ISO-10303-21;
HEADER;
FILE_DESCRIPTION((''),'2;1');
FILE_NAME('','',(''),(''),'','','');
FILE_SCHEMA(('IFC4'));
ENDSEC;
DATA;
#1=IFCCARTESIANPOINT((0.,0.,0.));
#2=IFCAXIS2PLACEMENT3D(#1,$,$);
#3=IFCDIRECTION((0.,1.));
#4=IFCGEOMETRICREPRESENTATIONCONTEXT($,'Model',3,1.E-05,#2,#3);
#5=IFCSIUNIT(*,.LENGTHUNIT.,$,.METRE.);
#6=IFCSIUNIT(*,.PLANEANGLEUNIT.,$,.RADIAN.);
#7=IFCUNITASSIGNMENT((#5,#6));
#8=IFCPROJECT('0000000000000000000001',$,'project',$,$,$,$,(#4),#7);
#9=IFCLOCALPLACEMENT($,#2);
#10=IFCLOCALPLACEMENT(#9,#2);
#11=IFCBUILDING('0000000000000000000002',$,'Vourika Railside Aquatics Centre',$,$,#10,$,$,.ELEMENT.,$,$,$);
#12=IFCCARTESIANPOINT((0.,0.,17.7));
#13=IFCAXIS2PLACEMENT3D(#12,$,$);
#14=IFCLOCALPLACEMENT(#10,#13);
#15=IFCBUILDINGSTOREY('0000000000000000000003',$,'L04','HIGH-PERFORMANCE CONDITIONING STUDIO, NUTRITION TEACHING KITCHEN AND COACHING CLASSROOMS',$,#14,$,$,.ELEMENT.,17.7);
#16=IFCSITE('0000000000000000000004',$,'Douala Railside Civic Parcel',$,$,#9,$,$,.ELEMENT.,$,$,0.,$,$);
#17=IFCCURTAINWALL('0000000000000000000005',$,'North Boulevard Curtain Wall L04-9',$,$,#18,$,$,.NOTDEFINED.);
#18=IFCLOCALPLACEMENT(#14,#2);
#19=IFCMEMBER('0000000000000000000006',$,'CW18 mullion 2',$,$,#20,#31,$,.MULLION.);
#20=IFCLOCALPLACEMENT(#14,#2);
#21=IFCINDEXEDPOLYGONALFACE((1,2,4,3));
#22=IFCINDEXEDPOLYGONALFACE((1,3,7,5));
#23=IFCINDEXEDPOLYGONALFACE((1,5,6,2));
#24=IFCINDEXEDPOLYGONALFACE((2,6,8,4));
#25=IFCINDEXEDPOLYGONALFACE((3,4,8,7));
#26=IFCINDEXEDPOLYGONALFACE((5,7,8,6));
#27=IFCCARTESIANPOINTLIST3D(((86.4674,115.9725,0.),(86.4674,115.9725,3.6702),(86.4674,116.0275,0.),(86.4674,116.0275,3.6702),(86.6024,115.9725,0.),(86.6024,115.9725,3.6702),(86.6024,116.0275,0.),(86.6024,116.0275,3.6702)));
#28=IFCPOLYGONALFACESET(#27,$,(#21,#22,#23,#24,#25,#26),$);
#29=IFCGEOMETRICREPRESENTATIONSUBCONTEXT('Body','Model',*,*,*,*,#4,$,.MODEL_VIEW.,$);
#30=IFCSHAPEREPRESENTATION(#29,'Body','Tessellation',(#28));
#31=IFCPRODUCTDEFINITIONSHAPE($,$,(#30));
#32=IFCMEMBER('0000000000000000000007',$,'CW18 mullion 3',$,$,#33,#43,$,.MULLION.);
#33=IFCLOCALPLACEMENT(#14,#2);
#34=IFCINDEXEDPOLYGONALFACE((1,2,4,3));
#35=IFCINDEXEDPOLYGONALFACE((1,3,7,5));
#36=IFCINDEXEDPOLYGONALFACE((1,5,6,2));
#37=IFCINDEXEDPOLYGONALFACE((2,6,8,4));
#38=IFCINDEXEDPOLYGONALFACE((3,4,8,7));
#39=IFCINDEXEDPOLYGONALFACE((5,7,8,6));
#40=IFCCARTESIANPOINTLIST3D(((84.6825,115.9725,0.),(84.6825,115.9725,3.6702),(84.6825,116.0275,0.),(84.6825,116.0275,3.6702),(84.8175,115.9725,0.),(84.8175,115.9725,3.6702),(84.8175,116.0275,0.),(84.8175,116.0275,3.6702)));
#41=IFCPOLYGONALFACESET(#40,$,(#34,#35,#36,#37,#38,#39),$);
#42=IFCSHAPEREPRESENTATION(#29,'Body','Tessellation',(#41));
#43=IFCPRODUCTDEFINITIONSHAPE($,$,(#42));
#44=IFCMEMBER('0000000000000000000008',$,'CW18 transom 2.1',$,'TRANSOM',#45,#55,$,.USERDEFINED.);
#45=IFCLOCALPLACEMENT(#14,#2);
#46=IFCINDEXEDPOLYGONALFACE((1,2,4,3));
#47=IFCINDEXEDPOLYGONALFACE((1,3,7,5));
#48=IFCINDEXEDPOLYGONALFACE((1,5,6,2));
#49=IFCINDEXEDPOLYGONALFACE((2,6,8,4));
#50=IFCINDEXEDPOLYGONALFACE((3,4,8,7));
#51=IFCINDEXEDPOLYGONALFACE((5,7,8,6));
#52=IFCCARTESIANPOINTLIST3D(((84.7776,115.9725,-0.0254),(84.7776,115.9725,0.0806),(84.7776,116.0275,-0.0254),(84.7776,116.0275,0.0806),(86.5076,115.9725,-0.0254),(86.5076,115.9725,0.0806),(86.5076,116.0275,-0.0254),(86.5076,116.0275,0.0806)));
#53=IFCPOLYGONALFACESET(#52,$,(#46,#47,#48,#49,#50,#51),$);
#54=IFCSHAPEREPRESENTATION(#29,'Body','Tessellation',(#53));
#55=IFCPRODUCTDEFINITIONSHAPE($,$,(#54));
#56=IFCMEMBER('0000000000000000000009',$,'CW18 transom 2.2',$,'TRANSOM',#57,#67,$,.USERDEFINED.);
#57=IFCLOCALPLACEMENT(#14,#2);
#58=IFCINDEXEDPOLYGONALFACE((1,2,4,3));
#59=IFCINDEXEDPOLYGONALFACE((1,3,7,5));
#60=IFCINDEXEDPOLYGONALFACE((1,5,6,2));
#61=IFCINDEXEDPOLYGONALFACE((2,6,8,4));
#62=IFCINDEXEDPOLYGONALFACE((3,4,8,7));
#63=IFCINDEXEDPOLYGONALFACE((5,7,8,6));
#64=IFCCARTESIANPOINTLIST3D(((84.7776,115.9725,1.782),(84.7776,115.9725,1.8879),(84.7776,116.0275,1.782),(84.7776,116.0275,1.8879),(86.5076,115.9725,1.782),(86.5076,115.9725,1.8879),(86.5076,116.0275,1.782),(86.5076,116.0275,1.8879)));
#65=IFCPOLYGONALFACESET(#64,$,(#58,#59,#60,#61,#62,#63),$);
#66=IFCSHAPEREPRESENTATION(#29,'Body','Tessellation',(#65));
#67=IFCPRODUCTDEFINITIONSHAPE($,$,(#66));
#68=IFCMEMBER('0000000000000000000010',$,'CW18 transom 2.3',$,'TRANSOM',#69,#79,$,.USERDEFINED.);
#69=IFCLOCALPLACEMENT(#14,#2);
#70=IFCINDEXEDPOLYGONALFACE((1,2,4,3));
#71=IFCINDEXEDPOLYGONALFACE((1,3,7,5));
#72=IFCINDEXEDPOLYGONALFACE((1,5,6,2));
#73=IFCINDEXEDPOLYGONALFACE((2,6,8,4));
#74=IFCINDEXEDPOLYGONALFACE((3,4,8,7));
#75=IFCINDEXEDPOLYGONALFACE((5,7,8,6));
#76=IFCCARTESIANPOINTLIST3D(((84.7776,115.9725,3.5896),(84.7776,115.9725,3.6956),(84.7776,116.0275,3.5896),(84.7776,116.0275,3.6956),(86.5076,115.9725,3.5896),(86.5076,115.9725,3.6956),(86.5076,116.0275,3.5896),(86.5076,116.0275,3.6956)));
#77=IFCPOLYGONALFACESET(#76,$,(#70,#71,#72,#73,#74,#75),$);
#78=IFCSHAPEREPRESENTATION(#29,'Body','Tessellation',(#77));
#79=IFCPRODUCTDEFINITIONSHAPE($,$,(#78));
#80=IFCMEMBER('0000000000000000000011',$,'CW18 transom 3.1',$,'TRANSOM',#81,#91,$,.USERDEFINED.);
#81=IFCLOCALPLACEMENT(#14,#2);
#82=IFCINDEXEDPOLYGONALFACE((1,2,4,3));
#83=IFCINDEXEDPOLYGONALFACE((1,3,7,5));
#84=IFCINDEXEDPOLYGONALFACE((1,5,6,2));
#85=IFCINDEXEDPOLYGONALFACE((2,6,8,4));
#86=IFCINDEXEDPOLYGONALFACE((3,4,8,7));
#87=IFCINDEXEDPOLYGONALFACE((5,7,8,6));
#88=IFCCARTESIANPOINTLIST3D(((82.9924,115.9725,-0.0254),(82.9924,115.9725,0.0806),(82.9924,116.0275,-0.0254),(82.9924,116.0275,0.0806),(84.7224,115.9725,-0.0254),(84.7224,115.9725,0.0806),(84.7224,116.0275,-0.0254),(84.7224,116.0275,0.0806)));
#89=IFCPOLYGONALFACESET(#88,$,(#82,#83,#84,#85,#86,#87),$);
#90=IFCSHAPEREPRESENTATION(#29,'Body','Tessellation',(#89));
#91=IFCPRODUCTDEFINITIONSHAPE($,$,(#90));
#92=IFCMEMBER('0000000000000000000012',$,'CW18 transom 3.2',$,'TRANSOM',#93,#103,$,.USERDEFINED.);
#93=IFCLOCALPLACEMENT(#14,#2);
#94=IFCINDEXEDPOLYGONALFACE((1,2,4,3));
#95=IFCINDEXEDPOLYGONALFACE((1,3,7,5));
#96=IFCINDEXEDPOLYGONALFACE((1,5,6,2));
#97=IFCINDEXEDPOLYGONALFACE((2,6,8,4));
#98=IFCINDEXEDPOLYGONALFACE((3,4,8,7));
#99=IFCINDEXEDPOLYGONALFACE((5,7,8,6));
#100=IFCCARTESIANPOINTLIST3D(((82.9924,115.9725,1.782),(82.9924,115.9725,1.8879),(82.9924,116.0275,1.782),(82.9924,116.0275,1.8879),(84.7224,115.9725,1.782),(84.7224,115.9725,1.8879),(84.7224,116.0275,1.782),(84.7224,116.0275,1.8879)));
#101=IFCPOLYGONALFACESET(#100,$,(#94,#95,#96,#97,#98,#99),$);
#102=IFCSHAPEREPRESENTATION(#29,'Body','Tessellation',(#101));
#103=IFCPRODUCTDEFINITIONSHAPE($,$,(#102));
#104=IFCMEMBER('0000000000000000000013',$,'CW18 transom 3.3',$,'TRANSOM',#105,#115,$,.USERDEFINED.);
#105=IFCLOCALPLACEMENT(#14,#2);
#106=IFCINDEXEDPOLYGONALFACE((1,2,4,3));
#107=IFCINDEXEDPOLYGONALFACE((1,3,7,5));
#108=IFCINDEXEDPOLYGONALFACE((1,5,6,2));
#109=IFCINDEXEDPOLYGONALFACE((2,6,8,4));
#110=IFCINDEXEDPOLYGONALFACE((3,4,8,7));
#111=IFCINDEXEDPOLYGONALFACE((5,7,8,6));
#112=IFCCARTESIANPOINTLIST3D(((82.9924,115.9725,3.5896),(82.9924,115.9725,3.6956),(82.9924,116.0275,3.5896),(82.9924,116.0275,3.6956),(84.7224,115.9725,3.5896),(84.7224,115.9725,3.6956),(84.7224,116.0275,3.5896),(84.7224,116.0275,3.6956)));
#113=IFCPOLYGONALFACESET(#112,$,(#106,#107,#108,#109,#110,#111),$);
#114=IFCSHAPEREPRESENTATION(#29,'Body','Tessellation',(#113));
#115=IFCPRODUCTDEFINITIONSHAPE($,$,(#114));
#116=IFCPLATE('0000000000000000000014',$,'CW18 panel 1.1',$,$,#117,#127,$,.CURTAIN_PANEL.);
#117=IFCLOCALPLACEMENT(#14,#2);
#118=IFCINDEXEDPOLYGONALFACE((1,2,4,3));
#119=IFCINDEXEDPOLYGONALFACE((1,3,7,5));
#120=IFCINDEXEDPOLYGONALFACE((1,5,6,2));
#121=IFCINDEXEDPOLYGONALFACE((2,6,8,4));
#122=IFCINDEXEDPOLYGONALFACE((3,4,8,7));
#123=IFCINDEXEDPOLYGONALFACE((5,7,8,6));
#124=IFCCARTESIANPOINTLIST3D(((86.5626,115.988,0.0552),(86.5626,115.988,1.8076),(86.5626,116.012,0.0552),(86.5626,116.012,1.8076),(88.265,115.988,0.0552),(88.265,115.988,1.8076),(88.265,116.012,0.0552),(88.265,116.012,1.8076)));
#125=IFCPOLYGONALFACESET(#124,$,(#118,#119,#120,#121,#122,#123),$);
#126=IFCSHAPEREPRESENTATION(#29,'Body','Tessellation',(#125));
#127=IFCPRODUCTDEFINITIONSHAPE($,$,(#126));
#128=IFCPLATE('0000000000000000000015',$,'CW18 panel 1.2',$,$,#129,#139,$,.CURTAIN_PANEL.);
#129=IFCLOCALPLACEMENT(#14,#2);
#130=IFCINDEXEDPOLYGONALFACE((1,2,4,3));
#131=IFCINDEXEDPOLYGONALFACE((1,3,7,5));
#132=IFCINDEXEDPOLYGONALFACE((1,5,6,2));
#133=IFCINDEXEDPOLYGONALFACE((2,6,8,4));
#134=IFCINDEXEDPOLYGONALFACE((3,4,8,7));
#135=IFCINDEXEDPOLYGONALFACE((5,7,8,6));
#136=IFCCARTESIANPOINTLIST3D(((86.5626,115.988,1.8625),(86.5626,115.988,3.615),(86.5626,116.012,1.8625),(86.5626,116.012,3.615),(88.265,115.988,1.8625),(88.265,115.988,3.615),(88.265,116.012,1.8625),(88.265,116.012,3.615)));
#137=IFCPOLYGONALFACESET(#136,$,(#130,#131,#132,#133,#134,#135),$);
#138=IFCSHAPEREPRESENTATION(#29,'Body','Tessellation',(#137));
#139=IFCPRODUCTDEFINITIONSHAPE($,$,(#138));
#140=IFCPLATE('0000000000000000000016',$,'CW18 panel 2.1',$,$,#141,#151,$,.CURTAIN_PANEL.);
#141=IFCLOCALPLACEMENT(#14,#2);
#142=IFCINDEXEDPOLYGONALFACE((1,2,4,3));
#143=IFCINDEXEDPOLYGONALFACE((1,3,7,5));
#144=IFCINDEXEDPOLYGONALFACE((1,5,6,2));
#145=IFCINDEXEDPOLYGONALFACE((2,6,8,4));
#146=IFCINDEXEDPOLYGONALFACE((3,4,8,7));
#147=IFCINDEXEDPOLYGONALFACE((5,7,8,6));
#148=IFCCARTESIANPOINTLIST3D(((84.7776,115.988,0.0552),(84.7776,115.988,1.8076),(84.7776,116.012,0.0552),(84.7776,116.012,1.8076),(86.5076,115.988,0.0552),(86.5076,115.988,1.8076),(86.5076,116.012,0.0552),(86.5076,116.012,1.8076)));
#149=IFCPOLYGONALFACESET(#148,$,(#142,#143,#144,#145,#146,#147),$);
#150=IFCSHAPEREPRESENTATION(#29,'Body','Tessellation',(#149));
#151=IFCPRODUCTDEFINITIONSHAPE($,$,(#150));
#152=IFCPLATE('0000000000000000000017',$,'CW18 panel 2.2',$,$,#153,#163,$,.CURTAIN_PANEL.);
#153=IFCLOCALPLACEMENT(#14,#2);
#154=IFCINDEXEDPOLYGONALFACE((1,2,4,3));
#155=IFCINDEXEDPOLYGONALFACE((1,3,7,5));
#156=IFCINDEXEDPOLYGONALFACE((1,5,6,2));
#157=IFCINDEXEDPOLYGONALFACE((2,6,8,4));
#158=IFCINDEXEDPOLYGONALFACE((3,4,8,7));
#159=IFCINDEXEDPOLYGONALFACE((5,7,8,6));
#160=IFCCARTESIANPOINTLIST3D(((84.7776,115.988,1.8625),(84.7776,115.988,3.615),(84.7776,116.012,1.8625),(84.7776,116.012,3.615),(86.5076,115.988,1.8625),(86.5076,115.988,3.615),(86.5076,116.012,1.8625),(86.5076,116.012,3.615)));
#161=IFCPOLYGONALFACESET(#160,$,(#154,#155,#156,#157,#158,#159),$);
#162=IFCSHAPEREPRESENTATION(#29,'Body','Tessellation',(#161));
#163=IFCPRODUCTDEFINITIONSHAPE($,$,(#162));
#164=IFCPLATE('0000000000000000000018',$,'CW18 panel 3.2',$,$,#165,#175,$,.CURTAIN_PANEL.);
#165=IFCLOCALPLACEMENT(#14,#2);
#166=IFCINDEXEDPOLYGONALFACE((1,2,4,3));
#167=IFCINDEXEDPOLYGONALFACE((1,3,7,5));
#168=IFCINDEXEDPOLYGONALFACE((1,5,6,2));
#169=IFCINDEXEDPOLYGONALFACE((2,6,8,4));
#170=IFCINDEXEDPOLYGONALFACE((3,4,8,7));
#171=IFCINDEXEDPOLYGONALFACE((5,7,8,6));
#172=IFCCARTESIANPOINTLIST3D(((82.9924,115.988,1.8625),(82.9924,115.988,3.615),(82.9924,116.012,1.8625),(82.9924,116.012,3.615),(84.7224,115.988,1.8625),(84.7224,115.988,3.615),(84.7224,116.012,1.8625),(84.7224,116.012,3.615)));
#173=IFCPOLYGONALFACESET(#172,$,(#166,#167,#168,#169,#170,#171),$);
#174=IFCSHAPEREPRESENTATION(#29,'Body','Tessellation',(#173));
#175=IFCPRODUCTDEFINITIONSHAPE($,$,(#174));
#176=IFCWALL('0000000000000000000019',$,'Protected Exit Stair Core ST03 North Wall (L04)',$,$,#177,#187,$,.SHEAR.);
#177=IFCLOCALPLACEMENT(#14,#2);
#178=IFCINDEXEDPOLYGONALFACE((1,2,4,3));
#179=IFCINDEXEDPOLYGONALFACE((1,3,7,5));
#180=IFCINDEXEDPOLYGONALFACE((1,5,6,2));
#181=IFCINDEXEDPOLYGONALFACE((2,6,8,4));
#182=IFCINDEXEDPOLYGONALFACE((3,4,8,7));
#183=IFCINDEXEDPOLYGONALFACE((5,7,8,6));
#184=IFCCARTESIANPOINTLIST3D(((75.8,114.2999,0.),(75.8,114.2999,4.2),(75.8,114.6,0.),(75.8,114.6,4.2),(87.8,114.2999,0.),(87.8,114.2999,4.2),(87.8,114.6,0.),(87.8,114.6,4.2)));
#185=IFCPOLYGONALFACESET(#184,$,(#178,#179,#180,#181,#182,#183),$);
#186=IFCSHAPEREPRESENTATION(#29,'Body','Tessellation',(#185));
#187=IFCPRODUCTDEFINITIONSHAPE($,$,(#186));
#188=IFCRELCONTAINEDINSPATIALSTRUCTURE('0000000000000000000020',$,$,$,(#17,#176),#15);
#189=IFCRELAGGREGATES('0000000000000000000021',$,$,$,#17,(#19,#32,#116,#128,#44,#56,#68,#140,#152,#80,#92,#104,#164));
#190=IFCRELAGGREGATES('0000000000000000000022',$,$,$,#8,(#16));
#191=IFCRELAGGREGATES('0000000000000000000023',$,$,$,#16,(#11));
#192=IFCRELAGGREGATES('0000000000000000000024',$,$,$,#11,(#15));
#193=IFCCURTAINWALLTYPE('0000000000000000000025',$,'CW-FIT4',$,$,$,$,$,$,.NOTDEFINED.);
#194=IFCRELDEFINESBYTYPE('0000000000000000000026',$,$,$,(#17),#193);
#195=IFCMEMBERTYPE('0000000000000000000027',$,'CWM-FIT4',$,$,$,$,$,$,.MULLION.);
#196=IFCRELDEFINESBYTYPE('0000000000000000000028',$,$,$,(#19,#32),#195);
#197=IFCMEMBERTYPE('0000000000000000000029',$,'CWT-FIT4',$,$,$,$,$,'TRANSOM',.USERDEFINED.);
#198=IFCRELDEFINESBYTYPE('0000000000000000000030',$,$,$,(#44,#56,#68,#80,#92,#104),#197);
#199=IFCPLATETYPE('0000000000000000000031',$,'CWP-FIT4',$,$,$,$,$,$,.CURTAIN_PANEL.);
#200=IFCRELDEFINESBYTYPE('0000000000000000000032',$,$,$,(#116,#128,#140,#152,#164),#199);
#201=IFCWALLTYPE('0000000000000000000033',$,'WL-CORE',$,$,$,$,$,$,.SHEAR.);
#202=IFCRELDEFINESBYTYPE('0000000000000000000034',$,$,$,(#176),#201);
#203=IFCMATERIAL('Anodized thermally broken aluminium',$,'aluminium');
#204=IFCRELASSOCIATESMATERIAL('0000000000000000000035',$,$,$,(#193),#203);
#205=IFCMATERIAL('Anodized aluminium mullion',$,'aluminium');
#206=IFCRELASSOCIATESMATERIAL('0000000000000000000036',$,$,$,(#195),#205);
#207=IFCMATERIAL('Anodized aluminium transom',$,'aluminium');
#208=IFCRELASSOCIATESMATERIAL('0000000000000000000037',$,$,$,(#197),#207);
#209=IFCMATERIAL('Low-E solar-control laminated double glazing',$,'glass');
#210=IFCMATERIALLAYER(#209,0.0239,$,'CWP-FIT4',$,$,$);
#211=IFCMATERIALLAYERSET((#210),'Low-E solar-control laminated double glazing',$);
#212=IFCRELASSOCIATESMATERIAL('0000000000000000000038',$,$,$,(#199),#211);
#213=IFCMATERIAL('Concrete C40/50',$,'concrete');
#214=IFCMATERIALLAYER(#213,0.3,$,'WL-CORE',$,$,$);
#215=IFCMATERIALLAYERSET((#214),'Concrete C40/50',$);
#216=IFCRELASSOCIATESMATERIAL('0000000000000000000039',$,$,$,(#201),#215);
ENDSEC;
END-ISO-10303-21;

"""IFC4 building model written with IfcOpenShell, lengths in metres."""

from ifc_helpers import new_model, si_unit, direction, frame, frame_2d, origin, origin_2d, place, context, subcontext, project, spatial, rectangle, extrude, material, layer, layer_set, material_profile, profile_set, type_object, element, aggregate, save


model = new_model("IFC4")

# Units and contexts
model_context = context("Model", 3, precision=1e-05, world=origin(), true_north=direction((0.0, 1.0)))
body_context = subcontext(model_context, "Body", "Model", "MODEL_VIEW")
ifc_project = project(units=[si_unit("LENGTHUNIT", "METRE"), si_unit("PLANEANGLEUNIT", "RADIAN")], contexts=[model_context])

# Site, building, storey
site_placement = place(None, origin())
site = spatial("IfcSite", under=ifc_project, at=site_placement, Name="Douala Railside Civic Parcel", CompositionType="ELEMENT", RefElevation=0.0)
building_placement = place(site_placement, origin())
building = spatial("IfcBuilding", under=site, at=building_placement, Name="Vourika Railside Aquatics Centre", CompositionType="ELEMENT")
storey_placement = place(building_placement, frame((0.0, 0.0, 17.7)))
storey = spatial("IfcBuildingStorey", under=building, at=storey_placement, Name="L04", Description="HIGH-PERFORMANCE CONDITIONING STUDIO, NUTRITION TEACHING KITCHEN AND COACHING CLASSROOMS", CompositionType="ELEMENT", Elevation=17.7)

# Curtain wall, members, plates
ifc_material_1 = material(Name="Anodized thermally broken aluminium", Category="aluminium")
curtain_wall_type = type_object("IfcCurtainWallType", Name="CW-FIT4", PredefinedType="NOTDEFINED", material=ifc_material_1)
curtain_wall_placement = place(storey_placement, origin())
curtain_wall = element("IfcCurtainWall", 1, at=curtain_wall_placement, inside=storey, type_object=curtain_wall_type, Name="North Boulevard Curtain Wall L04-9", PredefinedType="NOTDEFINED")
ifc_material_2 = material(Name="Anodized aluminium mullion", Category="aluminium")
ifc_material_profile_1 = material_profile(ifc_material_2, rectangle(XDim=0.0549, YDim=0.135, at=origin_2d()), Name="ALU-M 55x135")
ifc_profile_set_1 = profile_set([ifc_material_profile_1], Name="Anodized aluminium mullion")
member_type_1 = type_object("IfcMemberType", Name="CWM-FIT4", PredefinedType="MULLION", material=ifc_profile_set_1)
member_1_placement = place(storey_placement, frame((86.5349, 116.0, 0.0), z_axis=(0.0, 0.0, 1.0), x_axis=(0.0, -1.0, 0.0)))
member_1 = element("IfcMember", 2, at=member_1_placement, type_object=member_type_1, Name="CW18 mullion 2", PredefinedType="MULLION", context=body_context, shape_type="SweptSolid", body=[
    extrude(rectangle(XDim=0.0549, YDim=0.135, at=origin_2d()), origin(), (0.0, 0.0, 1.0), 3.6702),
])
member_2_placement = place(storey_placement, frame((84.75, 116.0, 0.0), z_axis=(0.0, 0.0, 1.0), x_axis=(0.0, -1.0, 0.0)))
member_2 = element("IfcMember", 3, at=member_2_placement, type_object=member_type_1, Name="CW18 mullion 3", PredefinedType="MULLION", context=body_context, shape_type="SweptSolid", body=[
    extrude(rectangle(XDim=0.0549, YDim=0.135, at=origin_2d()), origin(), (0.0, 0.0, 1.0), 3.6702),
])
ifc_material_3 = material(Name="Anodized aluminium transom", Category="aluminium")
ifc_material_profile_2 = material_profile(ifc_material_3, rectangle(XDim=0.0549, YDim=0.106, at=origin_2d()), Name="ALU-T 55x106")
ifc_profile_set_2 = profile_set([ifc_material_profile_2], Name="Anodized aluminium transom")
member_type_2 = type_object("IfcMemberType", Name="CWT-FIT4", ElementType="TRANSOM", PredefinedType="USERDEFINED", material=ifc_profile_set_2)
member_3_placement = place(storey_placement, frame((86.5076, 116.0, 0.0276), z_axis=(-1.0, 0.0, 0.0), x_axis=(0.0, -1.0, 0.0)))
member_3 = element("IfcMember", 4, at=member_3_placement, type_object=member_type_2, Name="CW18 transom 2.1", ObjectType="TRANSOM", PredefinedType="USERDEFINED", context=body_context, shape_type="SweptSolid", body=[
    extrude(rectangle(XDim=0.0549, YDim=0.106, at=origin_2d()), origin(), (0.0, 0.0, 1.0), 1.73),
])
member_4_placement = place(storey_placement, frame((86.5076, 116.0, 1.835), z_axis=(-1.0, 0.0, 0.0), x_axis=(0.0, -1.0, 0.0)))
member_4 = element("IfcMember", 5, at=member_4_placement, type_object=member_type_2, Name="CW18 transom 2.2", ObjectType="TRANSOM", PredefinedType="USERDEFINED", context=body_context, shape_type="SweptSolid", body=[
    extrude(rectangle(XDim=0.0549, YDim=0.106, at=origin_2d()), origin(), (0.0, 0.0, 1.0), 1.73),
])
member_5_placement = place(storey_placement, frame((86.5076, 116.0, 3.6426), z_axis=(-1.0, 0.0, 0.0), x_axis=(0.0, -1.0, 0.0)))
member_5 = element("IfcMember", 6, at=member_5_placement, type_object=member_type_2, Name="CW18 transom 2.3", ObjectType="TRANSOM", PredefinedType="USERDEFINED", context=body_context, shape_type="SweptSolid", body=[
    extrude(rectangle(XDim=0.0549, YDim=0.106, at=origin_2d()), origin(), (0.0, 0.0, 1.0), 1.73),
])
member_6_placement = place(storey_placement, frame((84.7224, 116.0, 0.0276), z_axis=(-1.0, 0.0, 0.0), x_axis=(0.0, -1.0, 0.0)))
member_6 = element("IfcMember", 7, at=member_6_placement, type_object=member_type_2, Name="CW18 transom 3.1", ObjectType="TRANSOM", PredefinedType="USERDEFINED", context=body_context, shape_type="SweptSolid", body=[
    extrude(rectangle(XDim=0.0549, YDim=0.106, at=origin_2d()), origin(), (0.0, 0.0, 1.0), 1.73),
])
member_7_placement = place(storey_placement, frame((84.7224, 116.0, 1.835), z_axis=(-1.0, 0.0, 0.0), x_axis=(0.0, -1.0, 0.0)))
member_7 = element("IfcMember", 8, at=member_7_placement, type_object=member_type_2, Name="CW18 transom 3.2", ObjectType="TRANSOM", PredefinedType="USERDEFINED", context=body_context, shape_type="SweptSolid", body=[
    extrude(rectangle(XDim=0.0549, YDim=0.106, at=origin_2d()), origin(), (0.0, 0.0, 1.0), 1.73),
])
member_8_placement = place(storey_placement, frame((84.7224, 116.0, 3.6426), z_axis=(-1.0, 0.0, 0.0), x_axis=(0.0, -1.0, 0.0)))
member_8 = element("IfcMember", 9, at=member_8_placement, type_object=member_type_2, Name="CW18 transom 3.3", ObjectType="TRANSOM", PredefinedType="USERDEFINED", context=body_context, shape_type="SweptSolid", body=[
    extrude(rectangle(XDim=0.0549, YDim=0.106, at=origin_2d()), origin(), (0.0, 0.0, 1.0), 1.73),
])
ifc_material_4 = material(Name="Low-E solar-control laminated double glazing", Category="glass")
ifc_layer_1 = layer(ifc_material_4, 0.0239, Name="CWP-FIT4")
ifc_layer_set_1 = layer_set([ifc_layer_1], Name="Low-E solar-control laminated double glazing")
plate_type = type_object("IfcPlateType", Name="CWP-FIT4", PredefinedType="CURTAIN_PANEL", material=ifc_layer_set_1)
plate_1_placement = place(storey_placement, frame((87.4138, 116.0, 0.0552), z_axis=(0.0, 0.0, 1.0), x_axis=(-1.0, 0.0, 0.0)))
plate_1 = element("IfcPlate", 10, at=plate_1_placement, type_object=plate_type, Name="CW18 panel 1.1", PredefinedType="CURTAIN_PANEL", context=body_context, shape_type="SweptSolid", body=[
    extrude(rectangle(XDim=1.7024, YDim=0.0239, at=origin_2d()), origin(), (0.0, 0.0, 1.0), 1.7524),
])
plate_2_placement = place(storey_placement, frame((87.4138, 116.0, 1.8625), z_axis=(0.0, 0.0, 1.0), x_axis=(-1.0, 0.0, 0.0)))
plate_2 = element("IfcPlate", 11, at=plate_2_placement, type_object=plate_type, Name="CW18 panel 1.2", PredefinedType="CURTAIN_PANEL", context=body_context, shape_type="SweptSolid", body=[
    extrude(rectangle(XDim=1.7024, YDim=0.0239, at=origin_2d()), origin(), (0.0, 0.0, 1.0), 1.7524),
])
plate_3_placement = place(storey_placement, frame((85.6426, 116.0, 0.0552), z_axis=(0.0, 0.0, 1.0), x_axis=(-1.0, 0.0, 0.0)))
plate_3 = element("IfcPlate", 12, at=plate_3_placement, type_object=plate_type, Name="CW18 panel 2.1", PredefinedType="CURTAIN_PANEL", context=body_context, shape_type="SweptSolid", body=[
    extrude(rectangle(XDim=1.73, YDim=0.0239, at=origin_2d()), origin(), (0.0, 0.0, 1.0), 1.7524),
])
plate_4_placement = place(storey_placement, frame((85.6426, 116.0, 1.8625), z_axis=(0.0, 0.0, 1.0), x_axis=(-1.0, 0.0, 0.0)))
plate_4 = element("IfcPlate", 13, at=plate_4_placement, type_object=plate_type, Name="CW18 panel 2.2", PredefinedType="CURTAIN_PANEL", context=body_context, shape_type="SweptSolid", body=[
    extrude(rectangle(XDim=1.73, YDim=0.0239, at=origin_2d()), origin(), (0.0, 0.0, 1.0), 1.7524),
])
plate_5_placement = place(storey_placement, frame((83.8574, 116.0, 1.8625), z_axis=(0.0, 0.0, 1.0), x_axis=(-1.0, 0.0, 0.0)))
plate_5 = element("IfcPlate", 14, at=plate_5_placement, type_object=plate_type, Name="CW18 panel 3.2", PredefinedType="CURTAIN_PANEL", context=body_context, shape_type="SweptSolid", body=[
    extrude(rectangle(XDim=1.73, YDim=0.0239, at=origin_2d()), origin(), (0.0, 0.0, 1.0), 1.7524),
])
aggregate(curtain_wall, [member_1, member_2, plate_1, plate_2, member_3, member_4, member_5, plate_3, plate_4, member_6, member_7, member_8, plate_5])

# Wall
ifc_material_5 = material(Name="Concrete C40/50", Category="concrete")
ifc_layer_2 = layer(ifc_material_5, 0.3, Name="WL-CORE")
ifc_layer_set_2 = layer_set([ifc_layer_2], Name="Concrete C40/50")
wall_type = type_object("IfcWallType", Name="WL-CORE", PredefinedType="SHEAR", material=ifc_layer_set_2)
wall_1_placement = place(storey_placement, frame((87.8, 114.45, 0.0), z_axis=(0.0, 0.0, 1.0), x_axis=(-1.0, 0.0, 0.0)))
element("IfcWall", 15, at=wall_1_placement, inside=storey, type_object=wall_type, Name="Protected Exit Stair Core ST03 North Wall (L04)", PredefinedType="SHEAR", context=body_context, shape_type="SweptSolid", body=[
    extrude(rectangle(XDim=12.0, YDim=0.3, at=frame_2d((6.0, 0.0))), origin(), (0.0, 0.0, 1.0), 4.2),
])

save(model, "model.ifc")
